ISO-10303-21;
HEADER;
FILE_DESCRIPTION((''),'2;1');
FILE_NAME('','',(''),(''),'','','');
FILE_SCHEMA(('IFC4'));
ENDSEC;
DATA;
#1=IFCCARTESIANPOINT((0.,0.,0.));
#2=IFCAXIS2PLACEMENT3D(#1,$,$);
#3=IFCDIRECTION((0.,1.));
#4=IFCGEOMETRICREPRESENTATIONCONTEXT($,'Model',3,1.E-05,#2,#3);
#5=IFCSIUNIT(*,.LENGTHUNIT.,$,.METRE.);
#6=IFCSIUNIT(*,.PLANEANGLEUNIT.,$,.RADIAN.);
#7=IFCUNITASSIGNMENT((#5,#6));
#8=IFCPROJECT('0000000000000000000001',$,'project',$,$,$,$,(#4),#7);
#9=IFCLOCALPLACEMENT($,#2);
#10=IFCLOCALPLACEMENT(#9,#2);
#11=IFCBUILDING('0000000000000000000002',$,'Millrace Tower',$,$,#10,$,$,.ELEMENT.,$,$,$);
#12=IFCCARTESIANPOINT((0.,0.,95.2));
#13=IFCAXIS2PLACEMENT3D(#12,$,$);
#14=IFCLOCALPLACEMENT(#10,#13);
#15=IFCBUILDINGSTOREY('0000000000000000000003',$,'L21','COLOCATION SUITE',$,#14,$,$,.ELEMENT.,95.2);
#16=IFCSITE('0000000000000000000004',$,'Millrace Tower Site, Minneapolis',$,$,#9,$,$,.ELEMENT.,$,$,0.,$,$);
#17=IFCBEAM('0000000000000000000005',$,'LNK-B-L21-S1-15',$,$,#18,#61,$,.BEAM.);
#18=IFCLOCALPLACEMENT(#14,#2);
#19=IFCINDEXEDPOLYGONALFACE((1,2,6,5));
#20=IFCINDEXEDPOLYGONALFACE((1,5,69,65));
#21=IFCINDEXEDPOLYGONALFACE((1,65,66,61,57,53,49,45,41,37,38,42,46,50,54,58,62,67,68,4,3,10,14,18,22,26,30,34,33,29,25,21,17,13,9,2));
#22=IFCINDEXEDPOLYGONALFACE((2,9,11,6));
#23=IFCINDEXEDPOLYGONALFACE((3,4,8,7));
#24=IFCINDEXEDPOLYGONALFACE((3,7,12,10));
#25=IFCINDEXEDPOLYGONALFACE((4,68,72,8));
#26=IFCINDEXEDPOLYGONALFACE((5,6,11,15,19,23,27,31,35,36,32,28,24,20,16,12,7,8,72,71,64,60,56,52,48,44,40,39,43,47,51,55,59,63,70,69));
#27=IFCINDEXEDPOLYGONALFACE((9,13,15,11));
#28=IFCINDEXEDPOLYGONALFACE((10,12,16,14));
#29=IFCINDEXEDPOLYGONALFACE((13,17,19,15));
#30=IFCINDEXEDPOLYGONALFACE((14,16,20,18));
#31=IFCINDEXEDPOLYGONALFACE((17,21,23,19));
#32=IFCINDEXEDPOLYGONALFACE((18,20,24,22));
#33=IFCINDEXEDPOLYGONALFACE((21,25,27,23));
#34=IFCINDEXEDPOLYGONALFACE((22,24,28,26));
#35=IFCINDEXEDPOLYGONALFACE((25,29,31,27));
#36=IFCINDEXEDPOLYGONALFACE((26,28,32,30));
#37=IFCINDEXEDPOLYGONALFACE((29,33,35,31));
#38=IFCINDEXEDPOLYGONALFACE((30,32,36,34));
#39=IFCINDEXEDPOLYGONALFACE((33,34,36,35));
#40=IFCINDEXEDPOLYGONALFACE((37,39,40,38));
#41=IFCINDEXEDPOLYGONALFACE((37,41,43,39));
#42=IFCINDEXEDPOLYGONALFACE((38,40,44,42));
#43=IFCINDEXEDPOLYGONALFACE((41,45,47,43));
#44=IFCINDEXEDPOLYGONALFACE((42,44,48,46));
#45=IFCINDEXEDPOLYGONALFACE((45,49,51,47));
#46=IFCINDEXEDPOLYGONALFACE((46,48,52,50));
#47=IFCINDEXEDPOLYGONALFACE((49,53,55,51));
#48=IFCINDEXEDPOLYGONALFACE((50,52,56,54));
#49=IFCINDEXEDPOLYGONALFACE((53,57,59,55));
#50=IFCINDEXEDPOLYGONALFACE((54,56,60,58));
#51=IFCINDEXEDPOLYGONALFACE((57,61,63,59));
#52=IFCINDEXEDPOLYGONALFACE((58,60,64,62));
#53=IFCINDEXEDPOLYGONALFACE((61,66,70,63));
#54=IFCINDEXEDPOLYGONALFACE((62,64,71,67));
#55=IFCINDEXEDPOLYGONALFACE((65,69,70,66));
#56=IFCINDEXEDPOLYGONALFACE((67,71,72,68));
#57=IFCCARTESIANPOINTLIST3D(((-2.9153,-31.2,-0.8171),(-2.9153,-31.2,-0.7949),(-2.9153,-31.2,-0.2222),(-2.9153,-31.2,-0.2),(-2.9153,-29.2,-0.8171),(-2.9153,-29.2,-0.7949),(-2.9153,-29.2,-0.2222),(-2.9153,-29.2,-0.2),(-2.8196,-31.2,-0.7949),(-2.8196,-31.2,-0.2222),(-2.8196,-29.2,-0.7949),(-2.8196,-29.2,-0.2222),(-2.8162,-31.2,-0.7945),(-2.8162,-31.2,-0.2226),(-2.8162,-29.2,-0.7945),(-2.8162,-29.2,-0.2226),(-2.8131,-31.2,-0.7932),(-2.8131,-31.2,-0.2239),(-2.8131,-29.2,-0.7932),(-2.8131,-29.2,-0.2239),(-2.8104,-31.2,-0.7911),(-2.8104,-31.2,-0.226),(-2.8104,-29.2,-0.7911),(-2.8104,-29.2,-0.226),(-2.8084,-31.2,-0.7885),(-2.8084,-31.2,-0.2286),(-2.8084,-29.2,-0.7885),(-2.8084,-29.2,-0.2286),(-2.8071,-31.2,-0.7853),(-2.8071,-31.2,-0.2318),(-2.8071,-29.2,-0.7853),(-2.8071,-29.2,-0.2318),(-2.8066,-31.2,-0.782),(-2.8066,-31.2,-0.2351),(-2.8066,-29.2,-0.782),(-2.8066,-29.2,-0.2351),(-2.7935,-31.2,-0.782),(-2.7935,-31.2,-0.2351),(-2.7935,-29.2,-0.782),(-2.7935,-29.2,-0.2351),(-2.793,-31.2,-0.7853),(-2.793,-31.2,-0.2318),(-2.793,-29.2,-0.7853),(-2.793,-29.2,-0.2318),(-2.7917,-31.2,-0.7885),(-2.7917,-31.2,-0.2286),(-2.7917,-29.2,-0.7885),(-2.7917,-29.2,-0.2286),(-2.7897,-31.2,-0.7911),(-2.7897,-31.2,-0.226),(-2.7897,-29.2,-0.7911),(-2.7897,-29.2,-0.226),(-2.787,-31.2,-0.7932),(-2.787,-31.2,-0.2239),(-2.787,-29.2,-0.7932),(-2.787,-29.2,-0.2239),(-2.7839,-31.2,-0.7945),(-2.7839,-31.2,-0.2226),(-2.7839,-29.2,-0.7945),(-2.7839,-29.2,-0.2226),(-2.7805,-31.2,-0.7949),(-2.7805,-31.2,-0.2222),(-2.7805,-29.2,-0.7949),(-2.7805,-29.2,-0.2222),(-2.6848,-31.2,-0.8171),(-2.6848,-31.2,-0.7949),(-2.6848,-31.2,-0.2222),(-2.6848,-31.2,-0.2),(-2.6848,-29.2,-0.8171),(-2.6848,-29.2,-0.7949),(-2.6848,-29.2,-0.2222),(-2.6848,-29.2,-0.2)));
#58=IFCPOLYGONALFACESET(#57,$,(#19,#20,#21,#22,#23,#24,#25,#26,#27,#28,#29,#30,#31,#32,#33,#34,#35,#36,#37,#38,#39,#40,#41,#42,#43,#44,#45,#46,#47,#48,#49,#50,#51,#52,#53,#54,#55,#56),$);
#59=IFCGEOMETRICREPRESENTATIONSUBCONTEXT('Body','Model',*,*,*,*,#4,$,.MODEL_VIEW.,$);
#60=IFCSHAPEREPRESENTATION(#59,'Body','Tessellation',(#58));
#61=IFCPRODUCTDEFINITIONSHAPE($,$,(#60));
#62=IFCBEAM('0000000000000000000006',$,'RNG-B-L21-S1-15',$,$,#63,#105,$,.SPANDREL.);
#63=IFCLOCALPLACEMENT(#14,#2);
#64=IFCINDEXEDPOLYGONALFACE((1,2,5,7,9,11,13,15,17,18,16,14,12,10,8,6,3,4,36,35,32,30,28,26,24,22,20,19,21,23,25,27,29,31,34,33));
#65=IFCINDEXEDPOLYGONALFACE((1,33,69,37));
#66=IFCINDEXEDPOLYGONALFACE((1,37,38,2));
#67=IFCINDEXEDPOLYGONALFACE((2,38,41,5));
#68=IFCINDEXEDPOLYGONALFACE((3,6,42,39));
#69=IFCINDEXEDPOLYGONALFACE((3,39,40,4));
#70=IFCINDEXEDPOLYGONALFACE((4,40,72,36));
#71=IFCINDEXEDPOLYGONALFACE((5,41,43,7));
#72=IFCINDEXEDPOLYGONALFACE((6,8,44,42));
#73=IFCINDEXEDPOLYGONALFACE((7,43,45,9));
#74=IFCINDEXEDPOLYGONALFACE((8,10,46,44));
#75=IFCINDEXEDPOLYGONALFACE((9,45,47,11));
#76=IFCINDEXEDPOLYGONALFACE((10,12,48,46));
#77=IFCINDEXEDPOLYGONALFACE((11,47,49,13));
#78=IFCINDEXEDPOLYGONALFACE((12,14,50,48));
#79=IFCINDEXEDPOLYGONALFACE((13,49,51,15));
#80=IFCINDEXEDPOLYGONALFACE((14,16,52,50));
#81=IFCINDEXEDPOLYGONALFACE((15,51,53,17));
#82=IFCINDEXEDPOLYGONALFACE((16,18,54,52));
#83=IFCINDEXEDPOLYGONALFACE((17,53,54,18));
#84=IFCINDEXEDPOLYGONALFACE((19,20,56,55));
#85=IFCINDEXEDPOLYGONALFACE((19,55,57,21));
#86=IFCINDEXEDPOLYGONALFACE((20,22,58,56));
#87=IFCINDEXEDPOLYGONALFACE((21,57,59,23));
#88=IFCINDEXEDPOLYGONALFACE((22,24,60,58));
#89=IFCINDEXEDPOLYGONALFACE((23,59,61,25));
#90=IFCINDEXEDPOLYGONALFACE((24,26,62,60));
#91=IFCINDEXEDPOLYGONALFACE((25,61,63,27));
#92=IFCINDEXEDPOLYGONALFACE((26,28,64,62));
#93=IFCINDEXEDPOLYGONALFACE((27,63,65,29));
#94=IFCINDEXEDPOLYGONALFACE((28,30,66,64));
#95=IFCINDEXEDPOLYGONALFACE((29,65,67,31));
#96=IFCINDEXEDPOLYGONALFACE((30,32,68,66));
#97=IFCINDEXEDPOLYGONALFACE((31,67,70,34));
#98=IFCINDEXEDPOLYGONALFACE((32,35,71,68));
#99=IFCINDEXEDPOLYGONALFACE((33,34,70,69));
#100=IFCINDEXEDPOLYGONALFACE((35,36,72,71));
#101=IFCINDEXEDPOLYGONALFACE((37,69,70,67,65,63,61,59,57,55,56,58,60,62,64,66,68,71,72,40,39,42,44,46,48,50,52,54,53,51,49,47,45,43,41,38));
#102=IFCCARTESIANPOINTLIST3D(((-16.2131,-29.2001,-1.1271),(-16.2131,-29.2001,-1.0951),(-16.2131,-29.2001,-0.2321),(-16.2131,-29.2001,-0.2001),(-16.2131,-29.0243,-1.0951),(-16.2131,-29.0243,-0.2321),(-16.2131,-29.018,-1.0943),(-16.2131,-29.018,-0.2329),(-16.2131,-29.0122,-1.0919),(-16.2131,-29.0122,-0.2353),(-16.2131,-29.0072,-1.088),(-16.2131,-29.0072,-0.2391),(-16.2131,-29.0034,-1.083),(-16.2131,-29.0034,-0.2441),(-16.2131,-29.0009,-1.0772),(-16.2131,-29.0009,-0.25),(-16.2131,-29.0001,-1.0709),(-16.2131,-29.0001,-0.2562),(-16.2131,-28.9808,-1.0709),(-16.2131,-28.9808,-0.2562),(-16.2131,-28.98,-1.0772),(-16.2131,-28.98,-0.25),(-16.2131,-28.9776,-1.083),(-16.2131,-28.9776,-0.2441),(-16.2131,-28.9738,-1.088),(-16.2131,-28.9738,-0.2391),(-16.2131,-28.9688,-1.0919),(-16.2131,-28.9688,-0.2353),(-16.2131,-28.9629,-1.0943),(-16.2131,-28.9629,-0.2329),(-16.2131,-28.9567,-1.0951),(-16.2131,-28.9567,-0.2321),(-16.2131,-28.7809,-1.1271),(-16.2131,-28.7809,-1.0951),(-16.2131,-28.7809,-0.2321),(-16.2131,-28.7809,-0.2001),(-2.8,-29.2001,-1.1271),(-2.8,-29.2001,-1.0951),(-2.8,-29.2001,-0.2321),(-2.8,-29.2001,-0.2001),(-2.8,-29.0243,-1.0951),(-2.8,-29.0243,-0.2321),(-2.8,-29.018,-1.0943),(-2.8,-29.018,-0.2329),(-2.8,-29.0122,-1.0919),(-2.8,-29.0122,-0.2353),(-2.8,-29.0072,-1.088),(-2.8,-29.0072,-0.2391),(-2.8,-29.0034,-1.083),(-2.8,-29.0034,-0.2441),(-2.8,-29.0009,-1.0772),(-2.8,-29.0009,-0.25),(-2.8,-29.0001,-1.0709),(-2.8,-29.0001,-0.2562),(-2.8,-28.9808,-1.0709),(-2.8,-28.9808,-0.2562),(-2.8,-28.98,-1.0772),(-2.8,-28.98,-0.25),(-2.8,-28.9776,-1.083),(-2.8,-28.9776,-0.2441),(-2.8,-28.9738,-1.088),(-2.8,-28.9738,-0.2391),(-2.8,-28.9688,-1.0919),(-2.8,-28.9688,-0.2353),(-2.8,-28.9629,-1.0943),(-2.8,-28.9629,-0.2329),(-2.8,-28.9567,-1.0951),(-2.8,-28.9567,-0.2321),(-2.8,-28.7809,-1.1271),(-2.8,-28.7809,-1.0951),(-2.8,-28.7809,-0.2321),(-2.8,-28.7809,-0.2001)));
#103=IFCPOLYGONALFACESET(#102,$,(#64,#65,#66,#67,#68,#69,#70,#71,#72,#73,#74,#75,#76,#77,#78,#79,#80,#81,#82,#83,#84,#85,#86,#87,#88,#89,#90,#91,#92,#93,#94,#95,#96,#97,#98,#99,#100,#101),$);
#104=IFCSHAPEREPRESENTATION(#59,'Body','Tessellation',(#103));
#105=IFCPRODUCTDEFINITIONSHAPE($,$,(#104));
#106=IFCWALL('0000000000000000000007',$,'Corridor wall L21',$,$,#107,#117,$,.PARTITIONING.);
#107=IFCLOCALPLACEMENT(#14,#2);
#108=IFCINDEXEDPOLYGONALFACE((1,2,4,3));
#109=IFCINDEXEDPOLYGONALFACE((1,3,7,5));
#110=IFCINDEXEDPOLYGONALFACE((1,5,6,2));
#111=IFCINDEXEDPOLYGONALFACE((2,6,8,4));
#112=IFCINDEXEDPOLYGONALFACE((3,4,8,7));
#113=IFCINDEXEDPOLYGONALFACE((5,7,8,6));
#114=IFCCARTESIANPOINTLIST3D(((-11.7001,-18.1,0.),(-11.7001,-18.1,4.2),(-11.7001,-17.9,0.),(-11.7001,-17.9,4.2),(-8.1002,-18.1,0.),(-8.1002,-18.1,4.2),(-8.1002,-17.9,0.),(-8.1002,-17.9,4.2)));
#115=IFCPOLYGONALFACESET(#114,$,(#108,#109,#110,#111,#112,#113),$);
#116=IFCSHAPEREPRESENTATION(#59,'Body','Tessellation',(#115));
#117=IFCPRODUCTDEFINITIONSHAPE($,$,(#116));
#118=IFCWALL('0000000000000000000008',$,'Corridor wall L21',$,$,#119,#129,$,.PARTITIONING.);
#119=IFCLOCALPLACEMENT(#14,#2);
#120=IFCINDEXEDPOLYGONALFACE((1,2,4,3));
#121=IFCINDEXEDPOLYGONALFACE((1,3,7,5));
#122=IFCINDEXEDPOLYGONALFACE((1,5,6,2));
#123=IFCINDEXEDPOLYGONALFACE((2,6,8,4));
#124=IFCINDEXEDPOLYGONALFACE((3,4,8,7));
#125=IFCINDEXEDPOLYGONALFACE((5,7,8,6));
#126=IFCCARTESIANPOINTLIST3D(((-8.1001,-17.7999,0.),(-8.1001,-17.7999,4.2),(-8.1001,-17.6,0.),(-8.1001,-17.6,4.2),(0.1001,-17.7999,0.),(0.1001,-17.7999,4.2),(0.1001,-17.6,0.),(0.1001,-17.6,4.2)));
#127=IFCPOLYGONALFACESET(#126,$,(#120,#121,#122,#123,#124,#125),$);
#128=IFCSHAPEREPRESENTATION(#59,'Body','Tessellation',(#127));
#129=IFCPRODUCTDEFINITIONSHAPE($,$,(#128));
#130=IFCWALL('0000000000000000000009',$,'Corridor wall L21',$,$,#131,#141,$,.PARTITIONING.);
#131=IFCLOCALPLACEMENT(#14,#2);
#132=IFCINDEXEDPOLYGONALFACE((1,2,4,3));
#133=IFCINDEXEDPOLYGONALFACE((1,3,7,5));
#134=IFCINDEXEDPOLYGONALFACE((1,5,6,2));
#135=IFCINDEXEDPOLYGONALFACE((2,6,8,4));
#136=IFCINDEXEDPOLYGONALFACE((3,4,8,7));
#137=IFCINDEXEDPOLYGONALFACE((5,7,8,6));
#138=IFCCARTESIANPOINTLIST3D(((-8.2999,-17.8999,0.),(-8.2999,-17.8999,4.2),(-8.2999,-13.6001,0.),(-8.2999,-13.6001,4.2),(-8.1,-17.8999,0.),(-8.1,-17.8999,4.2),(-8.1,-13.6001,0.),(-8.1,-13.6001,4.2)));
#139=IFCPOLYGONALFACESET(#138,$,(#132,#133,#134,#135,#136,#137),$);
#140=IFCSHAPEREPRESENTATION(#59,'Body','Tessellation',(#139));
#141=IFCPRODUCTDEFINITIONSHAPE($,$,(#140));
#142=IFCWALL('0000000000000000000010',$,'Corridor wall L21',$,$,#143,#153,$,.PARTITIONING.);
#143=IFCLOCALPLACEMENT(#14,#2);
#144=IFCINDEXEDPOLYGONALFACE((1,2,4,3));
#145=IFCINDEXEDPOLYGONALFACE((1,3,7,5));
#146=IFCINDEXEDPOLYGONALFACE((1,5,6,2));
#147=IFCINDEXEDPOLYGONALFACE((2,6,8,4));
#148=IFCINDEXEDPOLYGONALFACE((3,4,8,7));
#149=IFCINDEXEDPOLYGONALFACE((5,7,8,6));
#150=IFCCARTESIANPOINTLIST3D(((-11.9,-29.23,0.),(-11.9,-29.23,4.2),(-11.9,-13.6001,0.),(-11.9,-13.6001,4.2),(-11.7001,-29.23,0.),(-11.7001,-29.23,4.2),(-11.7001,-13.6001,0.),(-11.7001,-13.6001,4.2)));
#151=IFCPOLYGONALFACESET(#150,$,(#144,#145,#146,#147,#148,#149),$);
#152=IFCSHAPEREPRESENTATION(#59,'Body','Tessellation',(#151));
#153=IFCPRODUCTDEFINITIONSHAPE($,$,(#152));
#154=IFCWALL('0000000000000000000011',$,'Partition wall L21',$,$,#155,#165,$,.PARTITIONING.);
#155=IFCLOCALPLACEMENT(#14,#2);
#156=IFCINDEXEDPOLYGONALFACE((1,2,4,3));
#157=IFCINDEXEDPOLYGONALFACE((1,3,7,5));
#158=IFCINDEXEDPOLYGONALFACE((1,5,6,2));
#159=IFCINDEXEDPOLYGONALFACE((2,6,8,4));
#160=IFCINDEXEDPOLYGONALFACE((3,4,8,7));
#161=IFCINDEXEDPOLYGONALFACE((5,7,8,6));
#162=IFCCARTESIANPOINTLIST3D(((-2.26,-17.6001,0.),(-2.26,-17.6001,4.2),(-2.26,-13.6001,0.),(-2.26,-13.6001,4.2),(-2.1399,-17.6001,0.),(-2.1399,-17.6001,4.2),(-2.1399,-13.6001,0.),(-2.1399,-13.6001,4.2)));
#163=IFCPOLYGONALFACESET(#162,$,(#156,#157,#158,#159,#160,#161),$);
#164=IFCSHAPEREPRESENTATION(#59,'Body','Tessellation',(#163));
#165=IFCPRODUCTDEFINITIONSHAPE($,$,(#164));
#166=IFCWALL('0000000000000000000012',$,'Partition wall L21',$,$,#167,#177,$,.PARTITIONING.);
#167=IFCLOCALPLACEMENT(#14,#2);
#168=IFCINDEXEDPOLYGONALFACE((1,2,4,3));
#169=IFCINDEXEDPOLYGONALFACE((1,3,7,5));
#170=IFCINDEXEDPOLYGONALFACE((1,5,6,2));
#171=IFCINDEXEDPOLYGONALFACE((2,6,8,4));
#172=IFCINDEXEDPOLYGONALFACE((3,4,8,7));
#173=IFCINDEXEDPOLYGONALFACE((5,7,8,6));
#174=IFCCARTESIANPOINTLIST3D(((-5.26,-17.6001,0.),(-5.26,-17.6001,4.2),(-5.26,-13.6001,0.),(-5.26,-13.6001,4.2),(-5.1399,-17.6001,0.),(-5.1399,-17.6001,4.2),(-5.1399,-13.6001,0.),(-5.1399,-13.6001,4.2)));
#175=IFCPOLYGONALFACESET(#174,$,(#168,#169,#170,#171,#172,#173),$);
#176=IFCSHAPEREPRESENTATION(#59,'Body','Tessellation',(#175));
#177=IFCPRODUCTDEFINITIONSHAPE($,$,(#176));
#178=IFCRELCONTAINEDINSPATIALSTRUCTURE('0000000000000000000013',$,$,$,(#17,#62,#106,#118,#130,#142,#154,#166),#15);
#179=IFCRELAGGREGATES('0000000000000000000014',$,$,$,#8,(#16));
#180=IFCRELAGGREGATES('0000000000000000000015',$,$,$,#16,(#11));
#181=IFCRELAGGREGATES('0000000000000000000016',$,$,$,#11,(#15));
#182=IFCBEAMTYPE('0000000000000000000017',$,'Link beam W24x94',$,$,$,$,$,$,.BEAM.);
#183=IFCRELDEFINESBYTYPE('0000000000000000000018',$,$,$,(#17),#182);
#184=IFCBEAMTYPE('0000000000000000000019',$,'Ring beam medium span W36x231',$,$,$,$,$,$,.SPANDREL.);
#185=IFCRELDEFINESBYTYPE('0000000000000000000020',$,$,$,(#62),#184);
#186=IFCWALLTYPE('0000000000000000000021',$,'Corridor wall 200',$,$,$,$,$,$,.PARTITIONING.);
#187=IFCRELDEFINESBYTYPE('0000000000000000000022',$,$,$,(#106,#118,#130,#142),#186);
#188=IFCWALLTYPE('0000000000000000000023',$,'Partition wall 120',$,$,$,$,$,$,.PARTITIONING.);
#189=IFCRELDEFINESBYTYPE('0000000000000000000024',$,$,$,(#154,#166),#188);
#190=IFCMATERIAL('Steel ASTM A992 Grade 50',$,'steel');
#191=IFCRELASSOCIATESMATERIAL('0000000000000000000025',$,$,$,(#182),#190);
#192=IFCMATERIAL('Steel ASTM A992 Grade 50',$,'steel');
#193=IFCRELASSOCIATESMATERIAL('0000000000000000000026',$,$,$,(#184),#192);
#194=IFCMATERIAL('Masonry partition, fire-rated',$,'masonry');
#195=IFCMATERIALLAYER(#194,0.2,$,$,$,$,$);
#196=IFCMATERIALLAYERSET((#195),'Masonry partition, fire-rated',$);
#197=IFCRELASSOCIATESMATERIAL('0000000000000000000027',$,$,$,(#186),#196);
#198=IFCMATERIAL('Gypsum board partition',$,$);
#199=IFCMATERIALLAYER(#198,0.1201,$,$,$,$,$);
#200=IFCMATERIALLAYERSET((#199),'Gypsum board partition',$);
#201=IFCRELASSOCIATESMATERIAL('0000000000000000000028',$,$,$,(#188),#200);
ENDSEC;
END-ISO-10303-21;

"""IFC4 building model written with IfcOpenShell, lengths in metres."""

from ifc_helpers import new_model, si_unit, direction, frame, frame_2d, origin, origin_2d, place, context, subcontext, project, spatial, rectangle, i_section, extrude, material, layer, layer_set, material_profile, profile_set, type_object, element, save


model = new_model("IFC4")

# Units and contexts
model_context = context("Model", 3, precision=1e-05, world=origin(), true_north=direction((0.0, 1.0)))
body_context = subcontext(model_context, "Body", "Model", "MODEL_VIEW")
ifc_project = project(units=[si_unit("LENGTHUNIT", "METRE"), si_unit("PLANEANGLEUNIT", "RADIAN")], contexts=[model_context])

# Site, building, storey
site_placement = place(None, origin())
site = spatial("IfcSite", under=ifc_project, at=site_placement, Name="Millrace Tower Site, Minneapolis", CompositionType="ELEMENT", RefElevation=0.0)
building_placement = place(site_placement, origin())
building = spatial("IfcBuilding", under=site, at=building_placement, Name="Millrace Tower", CompositionType="ELEMENT")
storey_placement = place(building_placement, frame((0.0, 0.0, 95.2)))
storey = spatial("IfcBuildingStorey", under=building, at=storey_placement, Name="L21", Description="COLOCATION SUITE", CompositionType="ELEMENT", Elevation=95.2)

# Beams
ifc_material_1 = material(Name="Steel ASTM A992 Grade 50", Category="steel")
ifc_material_profile_1 = material_profile(ifc_material_1, i_section(OverallWidth=0.2305, OverallDepth=0.6172, WebThickness=0.0132, FlangeThickness=0.0222, FilletRadius=0.0129, at=origin_2d()))
ifc_profile_set_1 = profile_set([ifc_material_profile_1], Name="Steel ASTM A992 Grade 50")
beam_type_1 = type_object("IfcBeamType", Name="Link beam W24x94", PredefinedType="BEAM", material=ifc_profile_set_1)
beam_1_placement = place(storey_placement, frame((-2.8, -29.2, -0.5085), z_axis=(0.0, -1.0, 0.0), x_axis=(1.0, 0.0, 0.0)))
element("IfcBeam", 1, at=beam_1_placement, inside=storey, type_object=beam_type_1, Name="LNK-B-L21-S1-15", PredefinedType="BEAM", context=body_context, shape_type="SweptSolid", body=[
    extrude(i_section(OverallWidth=0.2305, OverallDepth=0.6172, WebThickness=0.0132, FlangeThickness=0.0222, FilletRadius=0.0129, at=origin_2d()), origin(), (0.0, 0.0, 1.0), 2.0),
])
ifc_material_2 = material(Name="Steel ASTM A992 Grade 50", Category="steel")
ifc_material_profile_2 = material_profile(ifc_material_2, i_section(OverallWidth=0.4192, OverallDepth=0.927, WebThickness=0.0193, FlangeThickness=0.032, FilletRadius=0.0242, at=origin_2d()))
ifc_profile_set_2 = profile_set([ifc_material_profile_2], Name="Steel ASTM A992 Grade 50")
beam_type_2 = type_object("IfcBeamType", Name="Ring beam medium span W36x231", PredefinedType="SPANDREL", material=ifc_profile_set_2)
beam_2_placement = place(storey_placement, frame((-2.8, -28.9905, -0.6636), z_axis=(-1.0, 0.0, 0.0), x_axis=(0.0, -1.0, 0.0)))
element("IfcBeam", 2, at=beam_2_placement, inside=storey, type_object=beam_type_2, Name="RNG-B-L21-S1-15", PredefinedType="SPANDREL", context=body_context, shape_type="SweptSolid", body=[
    extrude(i_section(OverallWidth=0.4192, OverallDepth=0.927, WebThickness=0.0193, FlangeThickness=0.032, FilletRadius=0.0242, at=origin_2d()), origin(), (0.0, 0.0, 1.0), 13.4131),
])

# Walls
ifc_material_3 = material(Name="Masonry partition, fire-rated", Category="masonry")
ifc_layer_1 = layer(ifc_material_3, 0.2)
ifc_layer_set_1 = layer_set([ifc_layer_1], Name="Masonry partition, fire-rated")
wall_type_1 = type_object("IfcWallType", Name="Corridor wall 200", PredefinedType="PARTITIONING", material=ifc_layer_set_1)
wall_1_placement = place(storey_placement, frame((-11.7, -18.0, 0.0), z_axis=(0.0, 0.0, 1.0), x_axis=(1.0, 0.0, 0.0)))
element("IfcWall", 3, at=wall_1_placement, inside=storey, type_object=wall_type_1, Name="Corridor wall L21", PredefinedType="PARTITIONING", context=body_context, shape_type="SweptSolid", body=[
    extrude(rectangle(XDim=3.5999, YDim=0.2, at=frame_2d((1.7998, 0.0))), origin(), (0.0, 0.0, 1.0), 4.2),
])
wall_2_placement = place(storey_placement, frame((-8.1001, -17.7, 0.0), z_axis=(0.0, 0.0, 1.0), x_axis=(1.0, 0.0, 0.0)))
element("IfcWall", 4, at=wall_2_placement, inside=storey, type_object=wall_type_1, Name="Corridor wall L21", PredefinedType="PARTITIONING", context=body_context, shape_type="SweptSolid", body=[
    extrude(rectangle(XDim=8.2002, YDim=0.2, at=frame_2d((4.1001, 0.0))), origin(), (0.0, 0.0, 1.0), 4.2),
])
wall_3_placement = place(storey_placement, frame((-8.2, -17.8999, 0.0), z_axis=(0.0, 0.0, 1.0), x_axis=(0.0, 1.0, 0.0)))
element("IfcWall", 5, at=wall_3_placement, inside=storey, type_object=wall_type_1, Name="Corridor wall L21", PredefinedType="PARTITIONING", context=body_context, shape_type="SweptSolid", body=[
    extrude(rectangle(XDim=4.2998, YDim=0.2, at=frame_2d((2.1499, 0.0))), origin(), (0.0, 0.0, 1.0), 4.2),
])
wall_4_placement = place(storey_placement, frame((-11.8, -29.23, 0.0), z_axis=(0.0, 0.0, 1.0), x_axis=(0.0, 1.0, 0.0)))
element("IfcWall", 6, at=wall_4_placement, inside=storey, type_object=wall_type_1, Name="Corridor wall L21", PredefinedType="PARTITIONING", context=body_context, shape_type="SweptSolid", body=[
    extrude(rectangle(XDim=15.6299, YDim=0.2, at=frame_2d((7.8149, 0.0))), origin(), (0.0, 0.0, 1.0), 4.2),
])
ifc_material_4 = material(Name="Gypsum board partition")
ifc_layer_2 = layer(ifc_material_4, 0.1201)
ifc_layer_set_2 = layer_set([ifc_layer_2], Name="Gypsum board partition")
wall_type_2 = type_object("IfcWallType", Name="Partition wall 120", PredefinedType="PARTITIONING", material=ifc_layer_set_2)
for number, where, z_axis, x_axis, name in (
    (7, (-2.2, -17.6001, 0.0), (0.0, 0.0, 1.0), (0.0, 1.0, 0.0), "Partition wall L21"),
    (8, (-5.2, -17.6001, 0.0), (0.0, 0.0, 1.0), (0.0, 1.0, 0.0), "Partition wall L21"),
):
    element("IfcWall", number, at=place(storey_placement, frame(where, z_axis=z_axis, x_axis=x_axis)), inside=storey, type_object=wall_type_2, Name=name, PredefinedType="PARTITIONING", context=body_context, shape_type="SweptSolid", body=[
        extrude(rectangle(XDim=4.0, YDim=0.1201, at=frame_2d((2.0, 0.0))), origin(), (0.0, 0.0, 1.0), 4.2),
    ])

save(model, "model.ifc")
